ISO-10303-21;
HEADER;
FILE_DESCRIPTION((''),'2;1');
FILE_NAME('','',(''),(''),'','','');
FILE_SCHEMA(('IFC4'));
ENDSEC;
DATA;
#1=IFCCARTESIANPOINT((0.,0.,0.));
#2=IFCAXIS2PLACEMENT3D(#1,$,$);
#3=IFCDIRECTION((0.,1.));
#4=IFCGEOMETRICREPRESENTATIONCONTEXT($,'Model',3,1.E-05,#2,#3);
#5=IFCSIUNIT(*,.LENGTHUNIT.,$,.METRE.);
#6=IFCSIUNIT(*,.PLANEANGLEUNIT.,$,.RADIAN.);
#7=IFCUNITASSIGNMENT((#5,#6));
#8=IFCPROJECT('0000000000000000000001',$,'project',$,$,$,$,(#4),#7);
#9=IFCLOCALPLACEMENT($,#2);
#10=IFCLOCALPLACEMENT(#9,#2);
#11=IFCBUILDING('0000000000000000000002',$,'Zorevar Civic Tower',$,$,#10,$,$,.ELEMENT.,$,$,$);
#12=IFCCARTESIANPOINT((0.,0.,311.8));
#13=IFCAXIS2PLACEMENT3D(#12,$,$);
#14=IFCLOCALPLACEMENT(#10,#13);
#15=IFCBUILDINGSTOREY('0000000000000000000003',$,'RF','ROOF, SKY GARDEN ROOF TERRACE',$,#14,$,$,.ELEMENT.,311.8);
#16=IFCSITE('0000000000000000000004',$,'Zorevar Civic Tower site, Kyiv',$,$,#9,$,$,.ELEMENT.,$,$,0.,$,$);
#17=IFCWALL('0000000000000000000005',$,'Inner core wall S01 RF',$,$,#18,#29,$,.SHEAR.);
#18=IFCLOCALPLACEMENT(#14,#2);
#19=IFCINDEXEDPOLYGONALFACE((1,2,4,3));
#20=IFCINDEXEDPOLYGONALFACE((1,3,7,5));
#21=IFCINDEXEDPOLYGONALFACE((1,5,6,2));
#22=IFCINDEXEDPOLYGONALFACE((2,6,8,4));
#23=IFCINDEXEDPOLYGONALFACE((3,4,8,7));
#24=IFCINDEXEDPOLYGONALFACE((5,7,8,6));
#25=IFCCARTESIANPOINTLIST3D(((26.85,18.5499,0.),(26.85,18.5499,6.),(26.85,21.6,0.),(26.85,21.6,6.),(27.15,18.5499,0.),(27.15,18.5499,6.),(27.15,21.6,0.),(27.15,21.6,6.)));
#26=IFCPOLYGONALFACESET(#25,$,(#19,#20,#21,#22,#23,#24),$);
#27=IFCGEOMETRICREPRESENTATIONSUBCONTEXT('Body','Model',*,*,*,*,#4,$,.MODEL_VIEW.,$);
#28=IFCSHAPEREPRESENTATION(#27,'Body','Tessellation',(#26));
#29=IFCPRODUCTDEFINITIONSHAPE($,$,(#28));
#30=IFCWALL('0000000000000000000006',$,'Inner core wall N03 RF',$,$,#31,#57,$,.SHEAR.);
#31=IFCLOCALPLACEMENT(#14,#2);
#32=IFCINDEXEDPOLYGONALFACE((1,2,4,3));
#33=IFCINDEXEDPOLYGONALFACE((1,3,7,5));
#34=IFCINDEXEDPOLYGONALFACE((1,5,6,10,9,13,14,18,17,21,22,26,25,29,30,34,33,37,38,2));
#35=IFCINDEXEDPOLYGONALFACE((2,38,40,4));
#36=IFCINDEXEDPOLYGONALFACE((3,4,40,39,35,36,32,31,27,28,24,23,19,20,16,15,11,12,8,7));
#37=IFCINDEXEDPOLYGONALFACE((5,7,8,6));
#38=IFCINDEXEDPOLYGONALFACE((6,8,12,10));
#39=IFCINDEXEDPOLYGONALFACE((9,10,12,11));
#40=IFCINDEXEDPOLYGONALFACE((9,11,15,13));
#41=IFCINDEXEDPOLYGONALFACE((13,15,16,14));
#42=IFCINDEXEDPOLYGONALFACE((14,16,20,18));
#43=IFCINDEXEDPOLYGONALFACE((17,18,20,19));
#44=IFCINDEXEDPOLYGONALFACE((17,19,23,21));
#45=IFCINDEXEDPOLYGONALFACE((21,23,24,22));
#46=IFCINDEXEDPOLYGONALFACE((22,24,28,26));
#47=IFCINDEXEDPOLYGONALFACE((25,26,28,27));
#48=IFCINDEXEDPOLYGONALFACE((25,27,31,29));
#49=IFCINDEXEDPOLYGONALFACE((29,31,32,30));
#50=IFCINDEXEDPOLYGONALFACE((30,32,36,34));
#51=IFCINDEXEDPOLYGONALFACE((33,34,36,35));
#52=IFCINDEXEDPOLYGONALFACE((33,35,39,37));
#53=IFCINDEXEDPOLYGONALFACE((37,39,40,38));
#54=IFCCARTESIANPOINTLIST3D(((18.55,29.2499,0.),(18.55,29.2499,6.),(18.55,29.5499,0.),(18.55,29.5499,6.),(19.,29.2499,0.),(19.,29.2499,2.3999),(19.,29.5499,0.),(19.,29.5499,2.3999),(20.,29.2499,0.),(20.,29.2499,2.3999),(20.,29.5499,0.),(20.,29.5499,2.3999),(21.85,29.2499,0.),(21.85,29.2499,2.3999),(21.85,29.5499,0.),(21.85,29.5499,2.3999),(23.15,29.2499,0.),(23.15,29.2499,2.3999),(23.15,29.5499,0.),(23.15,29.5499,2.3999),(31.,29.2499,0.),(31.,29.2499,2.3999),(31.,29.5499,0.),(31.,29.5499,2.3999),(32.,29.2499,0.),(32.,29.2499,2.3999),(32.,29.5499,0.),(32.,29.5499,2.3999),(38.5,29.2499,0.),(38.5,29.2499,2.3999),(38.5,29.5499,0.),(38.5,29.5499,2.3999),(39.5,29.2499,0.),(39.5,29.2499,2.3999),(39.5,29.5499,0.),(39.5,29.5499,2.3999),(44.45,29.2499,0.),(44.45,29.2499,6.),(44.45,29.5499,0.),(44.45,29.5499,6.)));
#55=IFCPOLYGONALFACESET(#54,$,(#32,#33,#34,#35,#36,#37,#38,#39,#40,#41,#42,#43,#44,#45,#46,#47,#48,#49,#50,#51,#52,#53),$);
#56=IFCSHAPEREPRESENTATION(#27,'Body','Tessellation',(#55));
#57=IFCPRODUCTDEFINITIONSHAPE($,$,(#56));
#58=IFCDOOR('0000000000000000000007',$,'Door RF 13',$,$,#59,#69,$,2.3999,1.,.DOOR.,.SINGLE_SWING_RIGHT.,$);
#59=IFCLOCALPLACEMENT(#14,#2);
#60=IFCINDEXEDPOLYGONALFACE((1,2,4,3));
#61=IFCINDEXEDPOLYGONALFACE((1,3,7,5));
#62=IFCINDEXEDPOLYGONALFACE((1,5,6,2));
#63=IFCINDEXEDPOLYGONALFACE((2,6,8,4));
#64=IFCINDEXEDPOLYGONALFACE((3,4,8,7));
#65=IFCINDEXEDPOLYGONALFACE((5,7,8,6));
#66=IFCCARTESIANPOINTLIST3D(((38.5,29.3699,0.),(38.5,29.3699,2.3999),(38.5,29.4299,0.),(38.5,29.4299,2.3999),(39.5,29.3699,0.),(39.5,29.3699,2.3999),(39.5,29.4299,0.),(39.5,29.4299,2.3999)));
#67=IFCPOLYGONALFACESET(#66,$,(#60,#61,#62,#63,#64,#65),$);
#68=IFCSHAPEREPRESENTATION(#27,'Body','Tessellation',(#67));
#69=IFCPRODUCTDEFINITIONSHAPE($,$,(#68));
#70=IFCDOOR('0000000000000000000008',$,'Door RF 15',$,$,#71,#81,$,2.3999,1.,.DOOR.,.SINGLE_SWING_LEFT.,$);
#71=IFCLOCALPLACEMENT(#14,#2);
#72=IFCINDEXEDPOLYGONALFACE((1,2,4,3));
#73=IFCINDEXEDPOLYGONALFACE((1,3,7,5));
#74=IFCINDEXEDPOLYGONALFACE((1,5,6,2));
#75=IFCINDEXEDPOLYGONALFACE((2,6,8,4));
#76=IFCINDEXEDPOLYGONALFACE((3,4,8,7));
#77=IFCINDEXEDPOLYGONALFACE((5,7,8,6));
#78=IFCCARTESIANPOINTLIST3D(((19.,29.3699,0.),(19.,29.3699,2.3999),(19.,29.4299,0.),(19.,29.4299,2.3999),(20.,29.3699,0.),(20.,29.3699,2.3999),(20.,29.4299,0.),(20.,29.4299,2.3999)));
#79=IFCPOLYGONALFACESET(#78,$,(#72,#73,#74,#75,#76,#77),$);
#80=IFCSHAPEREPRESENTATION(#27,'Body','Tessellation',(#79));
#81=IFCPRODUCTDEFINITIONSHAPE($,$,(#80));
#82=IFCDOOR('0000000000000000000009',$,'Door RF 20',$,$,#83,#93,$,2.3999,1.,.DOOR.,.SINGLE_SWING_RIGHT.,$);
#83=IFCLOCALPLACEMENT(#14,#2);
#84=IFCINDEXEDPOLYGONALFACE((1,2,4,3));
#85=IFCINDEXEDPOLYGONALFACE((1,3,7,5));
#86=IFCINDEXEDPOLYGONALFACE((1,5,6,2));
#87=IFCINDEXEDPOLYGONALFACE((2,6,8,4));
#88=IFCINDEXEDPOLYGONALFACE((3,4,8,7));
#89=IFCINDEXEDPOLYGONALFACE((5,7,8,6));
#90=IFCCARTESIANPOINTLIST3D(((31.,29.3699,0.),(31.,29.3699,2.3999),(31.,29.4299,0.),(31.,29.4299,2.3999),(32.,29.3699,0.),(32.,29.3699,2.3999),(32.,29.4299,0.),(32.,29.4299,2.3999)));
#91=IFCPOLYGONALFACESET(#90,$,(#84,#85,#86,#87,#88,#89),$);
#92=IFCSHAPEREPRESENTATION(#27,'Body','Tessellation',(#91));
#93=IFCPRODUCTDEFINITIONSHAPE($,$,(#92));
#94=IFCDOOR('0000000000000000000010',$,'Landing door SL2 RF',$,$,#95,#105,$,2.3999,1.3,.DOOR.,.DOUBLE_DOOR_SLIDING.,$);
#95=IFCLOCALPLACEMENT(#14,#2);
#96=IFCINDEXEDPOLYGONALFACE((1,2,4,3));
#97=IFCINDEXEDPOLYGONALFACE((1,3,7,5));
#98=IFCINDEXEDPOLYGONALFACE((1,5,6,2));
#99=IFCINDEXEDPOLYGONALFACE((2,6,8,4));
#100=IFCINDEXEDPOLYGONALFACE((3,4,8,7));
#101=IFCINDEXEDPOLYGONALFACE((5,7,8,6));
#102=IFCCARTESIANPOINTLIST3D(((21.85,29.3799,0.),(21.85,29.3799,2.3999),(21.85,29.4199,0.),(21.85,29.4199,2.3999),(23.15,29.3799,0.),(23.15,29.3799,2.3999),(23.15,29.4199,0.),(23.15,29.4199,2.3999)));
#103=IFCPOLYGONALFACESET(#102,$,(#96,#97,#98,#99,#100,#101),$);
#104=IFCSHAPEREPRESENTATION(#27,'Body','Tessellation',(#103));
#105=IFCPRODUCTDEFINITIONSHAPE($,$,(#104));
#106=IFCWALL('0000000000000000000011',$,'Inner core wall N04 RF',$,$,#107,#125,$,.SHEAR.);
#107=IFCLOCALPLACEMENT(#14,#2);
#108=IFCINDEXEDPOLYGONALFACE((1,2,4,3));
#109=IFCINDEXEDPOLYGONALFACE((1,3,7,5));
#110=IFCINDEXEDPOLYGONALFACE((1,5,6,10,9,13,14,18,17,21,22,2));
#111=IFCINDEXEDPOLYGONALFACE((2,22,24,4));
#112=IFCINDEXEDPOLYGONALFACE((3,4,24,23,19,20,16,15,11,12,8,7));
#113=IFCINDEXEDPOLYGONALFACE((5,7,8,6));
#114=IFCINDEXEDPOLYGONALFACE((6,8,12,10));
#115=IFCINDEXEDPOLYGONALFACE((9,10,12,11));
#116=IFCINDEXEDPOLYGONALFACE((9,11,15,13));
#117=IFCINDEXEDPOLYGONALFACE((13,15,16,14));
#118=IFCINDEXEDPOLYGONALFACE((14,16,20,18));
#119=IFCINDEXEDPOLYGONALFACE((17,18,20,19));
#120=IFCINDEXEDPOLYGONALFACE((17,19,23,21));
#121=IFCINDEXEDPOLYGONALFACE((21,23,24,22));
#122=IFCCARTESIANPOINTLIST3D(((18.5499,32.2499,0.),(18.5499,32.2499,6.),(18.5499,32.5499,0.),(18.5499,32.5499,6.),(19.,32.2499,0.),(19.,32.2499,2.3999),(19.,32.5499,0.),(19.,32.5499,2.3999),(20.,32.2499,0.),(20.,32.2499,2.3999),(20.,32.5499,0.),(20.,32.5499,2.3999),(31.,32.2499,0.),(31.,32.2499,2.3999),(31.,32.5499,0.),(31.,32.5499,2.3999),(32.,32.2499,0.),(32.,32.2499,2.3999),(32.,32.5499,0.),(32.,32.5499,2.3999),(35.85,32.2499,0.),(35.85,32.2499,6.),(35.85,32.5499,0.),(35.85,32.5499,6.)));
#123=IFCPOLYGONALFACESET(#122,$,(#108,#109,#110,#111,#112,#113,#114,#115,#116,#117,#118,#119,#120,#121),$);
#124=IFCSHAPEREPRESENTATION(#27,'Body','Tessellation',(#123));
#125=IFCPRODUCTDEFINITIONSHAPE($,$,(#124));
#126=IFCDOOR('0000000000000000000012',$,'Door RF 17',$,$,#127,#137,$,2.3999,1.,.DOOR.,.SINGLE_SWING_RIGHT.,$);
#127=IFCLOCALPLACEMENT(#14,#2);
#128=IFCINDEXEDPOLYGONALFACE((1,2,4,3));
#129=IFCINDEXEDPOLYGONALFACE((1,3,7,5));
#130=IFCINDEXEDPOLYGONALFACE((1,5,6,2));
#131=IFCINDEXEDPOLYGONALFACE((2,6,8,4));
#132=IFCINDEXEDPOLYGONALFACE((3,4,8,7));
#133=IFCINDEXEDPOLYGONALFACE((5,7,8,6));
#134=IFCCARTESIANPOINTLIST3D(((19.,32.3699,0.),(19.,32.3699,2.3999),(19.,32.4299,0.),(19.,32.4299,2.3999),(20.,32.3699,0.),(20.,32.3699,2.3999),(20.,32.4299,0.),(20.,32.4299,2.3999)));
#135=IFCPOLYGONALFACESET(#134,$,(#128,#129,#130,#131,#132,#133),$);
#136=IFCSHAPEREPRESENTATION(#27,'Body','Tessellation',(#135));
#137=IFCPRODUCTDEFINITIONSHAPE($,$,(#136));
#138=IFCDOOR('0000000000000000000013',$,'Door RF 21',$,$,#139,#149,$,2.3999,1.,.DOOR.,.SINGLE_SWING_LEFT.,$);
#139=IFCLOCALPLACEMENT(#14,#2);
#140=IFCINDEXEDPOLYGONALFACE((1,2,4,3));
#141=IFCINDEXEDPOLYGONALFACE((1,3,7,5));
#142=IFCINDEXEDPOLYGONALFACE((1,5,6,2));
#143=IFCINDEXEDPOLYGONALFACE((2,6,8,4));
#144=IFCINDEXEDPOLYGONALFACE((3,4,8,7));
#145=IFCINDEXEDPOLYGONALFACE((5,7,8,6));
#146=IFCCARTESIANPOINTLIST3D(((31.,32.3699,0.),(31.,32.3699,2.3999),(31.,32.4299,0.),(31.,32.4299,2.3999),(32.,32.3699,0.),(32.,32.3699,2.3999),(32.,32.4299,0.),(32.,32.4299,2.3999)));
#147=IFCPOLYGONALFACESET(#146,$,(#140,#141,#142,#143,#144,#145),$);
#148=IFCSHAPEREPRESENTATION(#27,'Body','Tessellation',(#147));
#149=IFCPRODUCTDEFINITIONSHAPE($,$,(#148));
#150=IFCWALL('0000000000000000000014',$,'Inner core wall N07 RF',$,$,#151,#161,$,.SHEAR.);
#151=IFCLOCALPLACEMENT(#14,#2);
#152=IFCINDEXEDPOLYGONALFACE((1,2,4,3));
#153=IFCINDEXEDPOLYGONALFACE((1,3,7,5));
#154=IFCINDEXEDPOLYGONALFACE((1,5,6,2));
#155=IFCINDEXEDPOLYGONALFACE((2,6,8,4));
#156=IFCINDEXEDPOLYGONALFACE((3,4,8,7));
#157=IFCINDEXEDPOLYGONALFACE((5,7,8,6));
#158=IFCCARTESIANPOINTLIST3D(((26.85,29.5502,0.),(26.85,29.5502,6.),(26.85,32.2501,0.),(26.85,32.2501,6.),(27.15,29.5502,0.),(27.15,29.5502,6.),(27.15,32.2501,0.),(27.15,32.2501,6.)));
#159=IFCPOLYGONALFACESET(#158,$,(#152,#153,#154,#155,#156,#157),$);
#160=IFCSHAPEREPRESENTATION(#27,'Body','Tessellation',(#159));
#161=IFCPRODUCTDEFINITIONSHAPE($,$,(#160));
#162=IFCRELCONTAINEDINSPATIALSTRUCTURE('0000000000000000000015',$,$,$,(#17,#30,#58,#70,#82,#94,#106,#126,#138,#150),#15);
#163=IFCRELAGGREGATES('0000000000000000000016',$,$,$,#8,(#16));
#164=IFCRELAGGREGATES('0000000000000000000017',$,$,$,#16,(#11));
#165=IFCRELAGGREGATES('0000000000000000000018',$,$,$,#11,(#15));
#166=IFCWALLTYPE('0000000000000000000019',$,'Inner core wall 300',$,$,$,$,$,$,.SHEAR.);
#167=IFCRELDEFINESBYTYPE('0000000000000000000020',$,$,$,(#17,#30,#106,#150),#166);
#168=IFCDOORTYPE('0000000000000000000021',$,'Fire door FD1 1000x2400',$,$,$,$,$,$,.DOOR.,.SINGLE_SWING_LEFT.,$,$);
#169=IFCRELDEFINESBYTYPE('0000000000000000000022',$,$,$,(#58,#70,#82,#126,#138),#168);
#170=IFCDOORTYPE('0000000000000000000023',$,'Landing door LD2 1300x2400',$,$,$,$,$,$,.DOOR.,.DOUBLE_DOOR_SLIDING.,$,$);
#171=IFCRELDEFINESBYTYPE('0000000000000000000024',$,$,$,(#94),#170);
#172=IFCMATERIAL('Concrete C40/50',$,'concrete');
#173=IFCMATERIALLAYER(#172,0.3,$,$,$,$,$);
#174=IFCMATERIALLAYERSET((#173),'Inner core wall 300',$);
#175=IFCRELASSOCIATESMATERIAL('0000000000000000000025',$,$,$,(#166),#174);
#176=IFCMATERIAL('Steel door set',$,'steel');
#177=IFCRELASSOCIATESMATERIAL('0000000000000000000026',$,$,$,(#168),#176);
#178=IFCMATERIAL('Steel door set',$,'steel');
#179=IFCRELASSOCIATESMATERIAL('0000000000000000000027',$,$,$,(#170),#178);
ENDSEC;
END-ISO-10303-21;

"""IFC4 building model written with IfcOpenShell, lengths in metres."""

from ifc_helpers import new_model, si_unit, direction, frame, frame_2d, origin, place, context, subcontext, project, spatial, rectangle, extrude, material, layer, layer_set, type_object, element, fill, save


model = new_model("IFC4")

# Units and contexts
model_context = context("Model", 3, precision=1e-05, world=origin(), true_north=direction((0.0, 1.0)))
body_context = subcontext(model_context, "Body", "Model", "MODEL_VIEW")
ifc_project = project(units=[si_unit("LENGTHUNIT", "METRE"), si_unit("PLANEANGLEUNIT", "RADIAN")], contexts=[model_context])

# Site, building, storey
site_placement = place(None, origin())
site = spatial("IfcSite", under=ifc_project, at=site_placement, Name="Zorevar Civic Tower site, Kyiv", CompositionType="ELEMENT", RefElevation=0.0)
building_placement = place(site_placement, origin())
building = spatial("IfcBuilding", under=site, at=building_placement, Name="Zorevar Civic Tower", CompositionType="ELEMENT")
storey_placement = place(building_placement, frame((0.0, 0.0, 311.8)))
storey = spatial("IfcBuildingStorey", under=building, at=storey_placement, Name="RF", Description="ROOF, SKY GARDEN ROOF TERRACE", CompositionType="ELEMENT", Elevation=311.8)

# Wall
ifc_material_1 = material(Name="Concrete C40/50", Category="concrete")
ifc_layer = layer(ifc_material_1, 0.3)
ifc_layer_set = layer_set([ifc_layer], Name="Inner core wall 300")
wall_type = type_object("IfcWallType", Name="Inner core wall 300", PredefinedType="SHEAR", material=ifc_layer_set)
wall_1_placement = place(storey_placement, frame((27.0, 18.55, 0.0), z_axis=(0.0, 0.0, 1.0), x_axis=(0.0, 1.0, 0.0)))
element("IfcWall", 1, at=wall_1_placement, inside=storey, type_object=wall_type, Name="Inner core wall S01 RF", PredefinedType="SHEAR", context=body_context, shape_type="SweptSolid", body=[
    extrude(rectangle(XDim=3.05, YDim=0.3, at=frame_2d((1.5249, 0.0))), origin(), (0.0, 0.0, 1.0), 6.0),
])

# Walls, openings, doors
ifc_material_2 = material(Name="Steel door set", Category="steel")
door_type_1 = type_object("IfcDoorType", Name="Fire door FD1 1000x2400", OperationType="SINGLE_SWING_LEFT", PredefinedType="DOOR", material=ifc_material_2)
ifc_material_3 = material(Name="Steel door set", Category="steel")
door_type_2 = type_object("IfcDoorType", Name="Landing door LD2 1300x2400", OperationType="DOUBLE_DOOR_SLIDING", PredefinedType="DOOR", material=ifc_material_3)
wall_2_placement = place(storey_placement, frame((18.55, 29.3999, 0.0), z_axis=(0.0, 0.0, 1.0), x_axis=(1.0, 0.0, 0.0)))
wall_2 = element("IfcWall", 2, at=wall_2_placement, inside=storey, type_object=wall_type, Name="Inner core wall N03 RF", PredefinedType="SHEAR", context=body_context, shape_type="SweptSolid", body=[
    extrude(rectangle(XDim=25.8999, YDim=0.3, at=frame_2d((12.95, 0.0))), origin(), (0.0, 0.0, 1.0), 6.0),
])
opening_1_placement = place(wall_2_placement, frame((19.95, 0.0, 0.0)))
opening_1 = element("IfcOpeningElement", 3, at=opening_1_placement, cuts=wall_2, PredefinedType="OPENING", context=body_context, shape_type="SweptSolid", body=[
    extrude(rectangle(XDim=1.0, YDim=2.3999, at=frame_2d((0.5, 1.2))), frame((0.0, 0.1599, 0.0), z_axis=(0.0, -1.0, 0.0), x_axis=(1.0, 0.0, 0.0)), (0.0, 0.0, 1.0), 0.3201),
])
opening_2_placement = place(wall_2_placement, frame((0.45, 0.0, 0.0)))
opening_2 = element("IfcOpeningElement", 4, at=opening_2_placement, cuts=wall_2, PredefinedType="OPENING", context=body_context, shape_type="SweptSolid", body=[
    extrude(rectangle(XDim=1.0, YDim=2.3999, at=frame_2d((0.5, 1.2))), frame((0.0, 0.1599, 0.0), z_axis=(0.0, -1.0, 0.0), x_axis=(1.0, 0.0, 0.0)), (0.0, 0.0, 1.0), 0.3201),
])
opening_3_placement = place(wall_2_placement, frame((12.45, 0.0, 0.0)))
opening_3 = element("IfcOpeningElement", 5, at=opening_3_placement, cuts=wall_2, PredefinedType="OPENING", context=body_context, shape_type="SweptSolid", body=[
    extrude(rectangle(XDim=1.0, YDim=2.3999, at=frame_2d((0.5, 1.2))), frame((0.0, 0.1599, 0.0), z_axis=(0.0, -1.0, 0.0), x_axis=(1.0, 0.0, 0.0)), (0.0, 0.0, 1.0), 0.3201),
])
opening_4_placement = place(wall_2_placement, frame((3.3, 0.0, 0.0)))
opening_4 = element("IfcOpeningElement", 6, at=opening_4_placement, cuts=wall_2, PredefinedType="OPENING", context=body_context, shape_type="SweptSolid", body=[
    extrude(rectangle(XDim=1.3, YDim=2.3999, at=frame_2d((0.6499, 1.2))), frame((0.0, 0.1599, 0.0), z_axis=(0.0, -1.0, 0.0), x_axis=(1.0, 0.0, 0.0)), (0.0, 0.0, 1.0), 0.3201),
])
door_1_placement = place(opening_1_placement, origin())
door_1 = element("IfcDoor", 7, at=door_1_placement, inside=storey, type_object=door_type_1, Name="Door RF 13", OperationType="SINGLE_SWING_RIGHT", OverallHeight=2.3999, OverallWidth=1.0, PredefinedType="DOOR", context=body_context, shape_type="SweptSolid", body=[
    extrude(rectangle(XDim=1.0, YDim=2.3999, at=frame_2d((0.5, 1.2))), frame((0.0, 0.03, 0.0), z_axis=(0.0, -1.0, 0.0), x_axis=(1.0, 0.0, 0.0)), (0.0, 0.0, 1.0), 0.0601),
])
fill(opening_1, door_1)
door_2_placement = place(opening_2_placement, origin())
door_2 = element("IfcDoor", 8, at=door_2_placement, inside=storey, type_object=door_type_1, Name="Door RF 15", OperationType="SINGLE_SWING_LEFT", OverallHeight=2.3999, OverallWidth=1.0, PredefinedType="DOOR", context=body_context, shape_type="SweptSolid", body=[
    extrude(rectangle(XDim=1.0, YDim=2.3999, at=frame_2d((0.5, 1.2))), frame((0.0, 0.03, 0.0), z_axis=(0.0, -1.0, 0.0), x_axis=(1.0, 0.0, 0.0)), (0.0, 0.0, 1.0), 0.0601),
])
fill(opening_2, door_2)
door_3_placement = place(opening_3_placement, origin())
door_3 = element("IfcDoor", 9, at=door_3_placement, inside=storey, type_object=door_type_1, Name="Door RF 20", OperationType="SINGLE_SWING_RIGHT", OverallHeight=2.3999, OverallWidth=1.0, PredefinedType="DOOR", context=body_context, shape_type="SweptSolid", body=[
    extrude(rectangle(XDim=1.0, YDim=2.3999, at=frame_2d((0.5, 1.2))), frame((0.0, 0.03, 0.0), z_axis=(0.0, -1.0, 0.0), x_axis=(1.0, 0.0, 0.0)), (0.0, 0.0, 1.0), 0.0601),
])
fill(opening_3, door_3)
door_4_placement = place(opening_4_placement, origin())
door_4 = element("IfcDoor", 10, at=door_4_placement, inside=storey, type_object=door_type_2, Name="Landing door SL2 RF", OperationType="DOUBLE_DOOR_SLIDING", OverallHeight=2.3999, OverallWidth=1.3, PredefinedType="DOOR", context=body_context, shape_type="SweptSolid", body=[
    extrude(rectangle(XDim=1.3, YDim=2.3999, at=frame_2d((0.6499, 1.2))), frame((0.0, 0.02, 0.0), z_axis=(0.0, -1.0, 0.0), x_axis=(1.0, 0.0, 0.0)), (0.0, 0.0, 1.0), 0.04),
])
fill(opening_4, door_4)
wall_3_placement = place(storey_placement, frame((18.55, 32.3999, 0.0), z_axis=(0.0, 0.0, 1.0), x_axis=(1.0, 0.0, 0.0)))
wall_3 = element("IfcWall", 11, at=wall_3_placement, inside=storey, type_object=wall_type, Name="Inner core wall N04 RF", PredefinedType="SHEAR", context=body_context, shape_type="SweptSolid", body=[
    extrude(rectangle(XDim=17.3, YDim=0.3, at=frame_2d((8.6499, 0.0))), origin(), (0.0, 0.0, 1.0), 6.0),
])
opening_5_placement = place(wall_3_placement, frame((0.45, 0.0, 0.0)))
opening_5 = element("IfcOpeningElement", 12, at=opening_5_placement, cuts=wall_3, PredefinedType="OPENING", context=body_context, shape_type="SweptSolid", body=[
    extrude(rectangle(XDim=1.0, YDim=2.3999, at=frame_2d((0.5, 1.2))), frame((0.0, 0.1599, 0.0), z_axis=(0.0, -1.0, 0.0), x_axis=(1.0, 0.0, 0.0)), (0.0, 0.0, 1.0), 0.3201),
])
opening_6_placement = place(wall_3_placement, frame((12.45, 0.0, 0.0)))
opening_6 = element("IfcOpeningElement", 13, at=opening_6_placement, cuts=wall_3, PredefinedType="OPENING", context=body_context, shape_type="SweptSolid", body=[
    extrude(rectangle(XDim=1.0, YDim=2.3999, at=frame_2d((0.5, 1.2))), frame((0.0, 0.1599, 0.0), z_axis=(0.0, -1.0, 0.0), x_axis=(1.0, 0.0, 0.0)), (0.0, 0.0, 1.0), 0.3201),
])
door_5_placement = place(opening_5_placement, origin())
door_5 = element("IfcDoor", 14, at=door_5_placement, inside=storey, type_object=door_type_1, Name="Door RF 17", OperationType="SINGLE_SWING_RIGHT", OverallHeight=2.3999, OverallWidth=1.0, PredefinedType="DOOR", context=body_context, shape_type="SweptSolid", body=[
    extrude(rectangle(XDim=1.0, YDim=2.3999, at=frame_2d((0.5, 1.2))), frame((0.0, 0.03, 0.0), z_axis=(0.0, -1.0, 0.0), x_axis=(1.0, 0.0, 0.0)), (0.0, 0.0, 1.0), 0.0601),
])
fill(opening_5, door_5)
door_6_placement = place(opening_6_placement, origin())
door_6 = element("IfcDoor", 15, at=door_6_placement, inside=storey, type_object=door_type_1, Name="Door RF 21", OperationType="SINGLE_SWING_LEFT", OverallHeight=2.3999, OverallWidth=1.0, PredefinedType="DOOR", context=body_context, shape_type="SweptSolid", body=[
    extrude(rectangle(XDim=1.0, YDim=2.3999, at=frame_2d((0.5, 1.2))), frame((0.0, 0.03, 0.0), z_axis=(0.0, -1.0, 0.0), x_axis=(1.0, 0.0, 0.0)), (0.0, 0.0, 1.0), 0.0601),
])
fill(opening_6, door_6)

# Wall
wall_4_placement = place(storey_placement, frame((27.0, 29.55, 0.0), z_axis=(0.0, 0.0, 1.0), x_axis=(0.0, 1.0, 0.0)))
element("IfcWall", 16, at=wall_4_placement, inside=storey, type_object=wall_type, Name="Inner core wall N07 RF", PredefinedType="SHEAR", context=body_context, shape_type="SweptSolid", body=[
    extrude(rectangle(XDim=2.7, YDim=0.3, at=frame_2d((1.3501, 0.0))), origin(), (0.0, 0.0, 1.0), 6.0),
])

save(model, "model.ifc")
